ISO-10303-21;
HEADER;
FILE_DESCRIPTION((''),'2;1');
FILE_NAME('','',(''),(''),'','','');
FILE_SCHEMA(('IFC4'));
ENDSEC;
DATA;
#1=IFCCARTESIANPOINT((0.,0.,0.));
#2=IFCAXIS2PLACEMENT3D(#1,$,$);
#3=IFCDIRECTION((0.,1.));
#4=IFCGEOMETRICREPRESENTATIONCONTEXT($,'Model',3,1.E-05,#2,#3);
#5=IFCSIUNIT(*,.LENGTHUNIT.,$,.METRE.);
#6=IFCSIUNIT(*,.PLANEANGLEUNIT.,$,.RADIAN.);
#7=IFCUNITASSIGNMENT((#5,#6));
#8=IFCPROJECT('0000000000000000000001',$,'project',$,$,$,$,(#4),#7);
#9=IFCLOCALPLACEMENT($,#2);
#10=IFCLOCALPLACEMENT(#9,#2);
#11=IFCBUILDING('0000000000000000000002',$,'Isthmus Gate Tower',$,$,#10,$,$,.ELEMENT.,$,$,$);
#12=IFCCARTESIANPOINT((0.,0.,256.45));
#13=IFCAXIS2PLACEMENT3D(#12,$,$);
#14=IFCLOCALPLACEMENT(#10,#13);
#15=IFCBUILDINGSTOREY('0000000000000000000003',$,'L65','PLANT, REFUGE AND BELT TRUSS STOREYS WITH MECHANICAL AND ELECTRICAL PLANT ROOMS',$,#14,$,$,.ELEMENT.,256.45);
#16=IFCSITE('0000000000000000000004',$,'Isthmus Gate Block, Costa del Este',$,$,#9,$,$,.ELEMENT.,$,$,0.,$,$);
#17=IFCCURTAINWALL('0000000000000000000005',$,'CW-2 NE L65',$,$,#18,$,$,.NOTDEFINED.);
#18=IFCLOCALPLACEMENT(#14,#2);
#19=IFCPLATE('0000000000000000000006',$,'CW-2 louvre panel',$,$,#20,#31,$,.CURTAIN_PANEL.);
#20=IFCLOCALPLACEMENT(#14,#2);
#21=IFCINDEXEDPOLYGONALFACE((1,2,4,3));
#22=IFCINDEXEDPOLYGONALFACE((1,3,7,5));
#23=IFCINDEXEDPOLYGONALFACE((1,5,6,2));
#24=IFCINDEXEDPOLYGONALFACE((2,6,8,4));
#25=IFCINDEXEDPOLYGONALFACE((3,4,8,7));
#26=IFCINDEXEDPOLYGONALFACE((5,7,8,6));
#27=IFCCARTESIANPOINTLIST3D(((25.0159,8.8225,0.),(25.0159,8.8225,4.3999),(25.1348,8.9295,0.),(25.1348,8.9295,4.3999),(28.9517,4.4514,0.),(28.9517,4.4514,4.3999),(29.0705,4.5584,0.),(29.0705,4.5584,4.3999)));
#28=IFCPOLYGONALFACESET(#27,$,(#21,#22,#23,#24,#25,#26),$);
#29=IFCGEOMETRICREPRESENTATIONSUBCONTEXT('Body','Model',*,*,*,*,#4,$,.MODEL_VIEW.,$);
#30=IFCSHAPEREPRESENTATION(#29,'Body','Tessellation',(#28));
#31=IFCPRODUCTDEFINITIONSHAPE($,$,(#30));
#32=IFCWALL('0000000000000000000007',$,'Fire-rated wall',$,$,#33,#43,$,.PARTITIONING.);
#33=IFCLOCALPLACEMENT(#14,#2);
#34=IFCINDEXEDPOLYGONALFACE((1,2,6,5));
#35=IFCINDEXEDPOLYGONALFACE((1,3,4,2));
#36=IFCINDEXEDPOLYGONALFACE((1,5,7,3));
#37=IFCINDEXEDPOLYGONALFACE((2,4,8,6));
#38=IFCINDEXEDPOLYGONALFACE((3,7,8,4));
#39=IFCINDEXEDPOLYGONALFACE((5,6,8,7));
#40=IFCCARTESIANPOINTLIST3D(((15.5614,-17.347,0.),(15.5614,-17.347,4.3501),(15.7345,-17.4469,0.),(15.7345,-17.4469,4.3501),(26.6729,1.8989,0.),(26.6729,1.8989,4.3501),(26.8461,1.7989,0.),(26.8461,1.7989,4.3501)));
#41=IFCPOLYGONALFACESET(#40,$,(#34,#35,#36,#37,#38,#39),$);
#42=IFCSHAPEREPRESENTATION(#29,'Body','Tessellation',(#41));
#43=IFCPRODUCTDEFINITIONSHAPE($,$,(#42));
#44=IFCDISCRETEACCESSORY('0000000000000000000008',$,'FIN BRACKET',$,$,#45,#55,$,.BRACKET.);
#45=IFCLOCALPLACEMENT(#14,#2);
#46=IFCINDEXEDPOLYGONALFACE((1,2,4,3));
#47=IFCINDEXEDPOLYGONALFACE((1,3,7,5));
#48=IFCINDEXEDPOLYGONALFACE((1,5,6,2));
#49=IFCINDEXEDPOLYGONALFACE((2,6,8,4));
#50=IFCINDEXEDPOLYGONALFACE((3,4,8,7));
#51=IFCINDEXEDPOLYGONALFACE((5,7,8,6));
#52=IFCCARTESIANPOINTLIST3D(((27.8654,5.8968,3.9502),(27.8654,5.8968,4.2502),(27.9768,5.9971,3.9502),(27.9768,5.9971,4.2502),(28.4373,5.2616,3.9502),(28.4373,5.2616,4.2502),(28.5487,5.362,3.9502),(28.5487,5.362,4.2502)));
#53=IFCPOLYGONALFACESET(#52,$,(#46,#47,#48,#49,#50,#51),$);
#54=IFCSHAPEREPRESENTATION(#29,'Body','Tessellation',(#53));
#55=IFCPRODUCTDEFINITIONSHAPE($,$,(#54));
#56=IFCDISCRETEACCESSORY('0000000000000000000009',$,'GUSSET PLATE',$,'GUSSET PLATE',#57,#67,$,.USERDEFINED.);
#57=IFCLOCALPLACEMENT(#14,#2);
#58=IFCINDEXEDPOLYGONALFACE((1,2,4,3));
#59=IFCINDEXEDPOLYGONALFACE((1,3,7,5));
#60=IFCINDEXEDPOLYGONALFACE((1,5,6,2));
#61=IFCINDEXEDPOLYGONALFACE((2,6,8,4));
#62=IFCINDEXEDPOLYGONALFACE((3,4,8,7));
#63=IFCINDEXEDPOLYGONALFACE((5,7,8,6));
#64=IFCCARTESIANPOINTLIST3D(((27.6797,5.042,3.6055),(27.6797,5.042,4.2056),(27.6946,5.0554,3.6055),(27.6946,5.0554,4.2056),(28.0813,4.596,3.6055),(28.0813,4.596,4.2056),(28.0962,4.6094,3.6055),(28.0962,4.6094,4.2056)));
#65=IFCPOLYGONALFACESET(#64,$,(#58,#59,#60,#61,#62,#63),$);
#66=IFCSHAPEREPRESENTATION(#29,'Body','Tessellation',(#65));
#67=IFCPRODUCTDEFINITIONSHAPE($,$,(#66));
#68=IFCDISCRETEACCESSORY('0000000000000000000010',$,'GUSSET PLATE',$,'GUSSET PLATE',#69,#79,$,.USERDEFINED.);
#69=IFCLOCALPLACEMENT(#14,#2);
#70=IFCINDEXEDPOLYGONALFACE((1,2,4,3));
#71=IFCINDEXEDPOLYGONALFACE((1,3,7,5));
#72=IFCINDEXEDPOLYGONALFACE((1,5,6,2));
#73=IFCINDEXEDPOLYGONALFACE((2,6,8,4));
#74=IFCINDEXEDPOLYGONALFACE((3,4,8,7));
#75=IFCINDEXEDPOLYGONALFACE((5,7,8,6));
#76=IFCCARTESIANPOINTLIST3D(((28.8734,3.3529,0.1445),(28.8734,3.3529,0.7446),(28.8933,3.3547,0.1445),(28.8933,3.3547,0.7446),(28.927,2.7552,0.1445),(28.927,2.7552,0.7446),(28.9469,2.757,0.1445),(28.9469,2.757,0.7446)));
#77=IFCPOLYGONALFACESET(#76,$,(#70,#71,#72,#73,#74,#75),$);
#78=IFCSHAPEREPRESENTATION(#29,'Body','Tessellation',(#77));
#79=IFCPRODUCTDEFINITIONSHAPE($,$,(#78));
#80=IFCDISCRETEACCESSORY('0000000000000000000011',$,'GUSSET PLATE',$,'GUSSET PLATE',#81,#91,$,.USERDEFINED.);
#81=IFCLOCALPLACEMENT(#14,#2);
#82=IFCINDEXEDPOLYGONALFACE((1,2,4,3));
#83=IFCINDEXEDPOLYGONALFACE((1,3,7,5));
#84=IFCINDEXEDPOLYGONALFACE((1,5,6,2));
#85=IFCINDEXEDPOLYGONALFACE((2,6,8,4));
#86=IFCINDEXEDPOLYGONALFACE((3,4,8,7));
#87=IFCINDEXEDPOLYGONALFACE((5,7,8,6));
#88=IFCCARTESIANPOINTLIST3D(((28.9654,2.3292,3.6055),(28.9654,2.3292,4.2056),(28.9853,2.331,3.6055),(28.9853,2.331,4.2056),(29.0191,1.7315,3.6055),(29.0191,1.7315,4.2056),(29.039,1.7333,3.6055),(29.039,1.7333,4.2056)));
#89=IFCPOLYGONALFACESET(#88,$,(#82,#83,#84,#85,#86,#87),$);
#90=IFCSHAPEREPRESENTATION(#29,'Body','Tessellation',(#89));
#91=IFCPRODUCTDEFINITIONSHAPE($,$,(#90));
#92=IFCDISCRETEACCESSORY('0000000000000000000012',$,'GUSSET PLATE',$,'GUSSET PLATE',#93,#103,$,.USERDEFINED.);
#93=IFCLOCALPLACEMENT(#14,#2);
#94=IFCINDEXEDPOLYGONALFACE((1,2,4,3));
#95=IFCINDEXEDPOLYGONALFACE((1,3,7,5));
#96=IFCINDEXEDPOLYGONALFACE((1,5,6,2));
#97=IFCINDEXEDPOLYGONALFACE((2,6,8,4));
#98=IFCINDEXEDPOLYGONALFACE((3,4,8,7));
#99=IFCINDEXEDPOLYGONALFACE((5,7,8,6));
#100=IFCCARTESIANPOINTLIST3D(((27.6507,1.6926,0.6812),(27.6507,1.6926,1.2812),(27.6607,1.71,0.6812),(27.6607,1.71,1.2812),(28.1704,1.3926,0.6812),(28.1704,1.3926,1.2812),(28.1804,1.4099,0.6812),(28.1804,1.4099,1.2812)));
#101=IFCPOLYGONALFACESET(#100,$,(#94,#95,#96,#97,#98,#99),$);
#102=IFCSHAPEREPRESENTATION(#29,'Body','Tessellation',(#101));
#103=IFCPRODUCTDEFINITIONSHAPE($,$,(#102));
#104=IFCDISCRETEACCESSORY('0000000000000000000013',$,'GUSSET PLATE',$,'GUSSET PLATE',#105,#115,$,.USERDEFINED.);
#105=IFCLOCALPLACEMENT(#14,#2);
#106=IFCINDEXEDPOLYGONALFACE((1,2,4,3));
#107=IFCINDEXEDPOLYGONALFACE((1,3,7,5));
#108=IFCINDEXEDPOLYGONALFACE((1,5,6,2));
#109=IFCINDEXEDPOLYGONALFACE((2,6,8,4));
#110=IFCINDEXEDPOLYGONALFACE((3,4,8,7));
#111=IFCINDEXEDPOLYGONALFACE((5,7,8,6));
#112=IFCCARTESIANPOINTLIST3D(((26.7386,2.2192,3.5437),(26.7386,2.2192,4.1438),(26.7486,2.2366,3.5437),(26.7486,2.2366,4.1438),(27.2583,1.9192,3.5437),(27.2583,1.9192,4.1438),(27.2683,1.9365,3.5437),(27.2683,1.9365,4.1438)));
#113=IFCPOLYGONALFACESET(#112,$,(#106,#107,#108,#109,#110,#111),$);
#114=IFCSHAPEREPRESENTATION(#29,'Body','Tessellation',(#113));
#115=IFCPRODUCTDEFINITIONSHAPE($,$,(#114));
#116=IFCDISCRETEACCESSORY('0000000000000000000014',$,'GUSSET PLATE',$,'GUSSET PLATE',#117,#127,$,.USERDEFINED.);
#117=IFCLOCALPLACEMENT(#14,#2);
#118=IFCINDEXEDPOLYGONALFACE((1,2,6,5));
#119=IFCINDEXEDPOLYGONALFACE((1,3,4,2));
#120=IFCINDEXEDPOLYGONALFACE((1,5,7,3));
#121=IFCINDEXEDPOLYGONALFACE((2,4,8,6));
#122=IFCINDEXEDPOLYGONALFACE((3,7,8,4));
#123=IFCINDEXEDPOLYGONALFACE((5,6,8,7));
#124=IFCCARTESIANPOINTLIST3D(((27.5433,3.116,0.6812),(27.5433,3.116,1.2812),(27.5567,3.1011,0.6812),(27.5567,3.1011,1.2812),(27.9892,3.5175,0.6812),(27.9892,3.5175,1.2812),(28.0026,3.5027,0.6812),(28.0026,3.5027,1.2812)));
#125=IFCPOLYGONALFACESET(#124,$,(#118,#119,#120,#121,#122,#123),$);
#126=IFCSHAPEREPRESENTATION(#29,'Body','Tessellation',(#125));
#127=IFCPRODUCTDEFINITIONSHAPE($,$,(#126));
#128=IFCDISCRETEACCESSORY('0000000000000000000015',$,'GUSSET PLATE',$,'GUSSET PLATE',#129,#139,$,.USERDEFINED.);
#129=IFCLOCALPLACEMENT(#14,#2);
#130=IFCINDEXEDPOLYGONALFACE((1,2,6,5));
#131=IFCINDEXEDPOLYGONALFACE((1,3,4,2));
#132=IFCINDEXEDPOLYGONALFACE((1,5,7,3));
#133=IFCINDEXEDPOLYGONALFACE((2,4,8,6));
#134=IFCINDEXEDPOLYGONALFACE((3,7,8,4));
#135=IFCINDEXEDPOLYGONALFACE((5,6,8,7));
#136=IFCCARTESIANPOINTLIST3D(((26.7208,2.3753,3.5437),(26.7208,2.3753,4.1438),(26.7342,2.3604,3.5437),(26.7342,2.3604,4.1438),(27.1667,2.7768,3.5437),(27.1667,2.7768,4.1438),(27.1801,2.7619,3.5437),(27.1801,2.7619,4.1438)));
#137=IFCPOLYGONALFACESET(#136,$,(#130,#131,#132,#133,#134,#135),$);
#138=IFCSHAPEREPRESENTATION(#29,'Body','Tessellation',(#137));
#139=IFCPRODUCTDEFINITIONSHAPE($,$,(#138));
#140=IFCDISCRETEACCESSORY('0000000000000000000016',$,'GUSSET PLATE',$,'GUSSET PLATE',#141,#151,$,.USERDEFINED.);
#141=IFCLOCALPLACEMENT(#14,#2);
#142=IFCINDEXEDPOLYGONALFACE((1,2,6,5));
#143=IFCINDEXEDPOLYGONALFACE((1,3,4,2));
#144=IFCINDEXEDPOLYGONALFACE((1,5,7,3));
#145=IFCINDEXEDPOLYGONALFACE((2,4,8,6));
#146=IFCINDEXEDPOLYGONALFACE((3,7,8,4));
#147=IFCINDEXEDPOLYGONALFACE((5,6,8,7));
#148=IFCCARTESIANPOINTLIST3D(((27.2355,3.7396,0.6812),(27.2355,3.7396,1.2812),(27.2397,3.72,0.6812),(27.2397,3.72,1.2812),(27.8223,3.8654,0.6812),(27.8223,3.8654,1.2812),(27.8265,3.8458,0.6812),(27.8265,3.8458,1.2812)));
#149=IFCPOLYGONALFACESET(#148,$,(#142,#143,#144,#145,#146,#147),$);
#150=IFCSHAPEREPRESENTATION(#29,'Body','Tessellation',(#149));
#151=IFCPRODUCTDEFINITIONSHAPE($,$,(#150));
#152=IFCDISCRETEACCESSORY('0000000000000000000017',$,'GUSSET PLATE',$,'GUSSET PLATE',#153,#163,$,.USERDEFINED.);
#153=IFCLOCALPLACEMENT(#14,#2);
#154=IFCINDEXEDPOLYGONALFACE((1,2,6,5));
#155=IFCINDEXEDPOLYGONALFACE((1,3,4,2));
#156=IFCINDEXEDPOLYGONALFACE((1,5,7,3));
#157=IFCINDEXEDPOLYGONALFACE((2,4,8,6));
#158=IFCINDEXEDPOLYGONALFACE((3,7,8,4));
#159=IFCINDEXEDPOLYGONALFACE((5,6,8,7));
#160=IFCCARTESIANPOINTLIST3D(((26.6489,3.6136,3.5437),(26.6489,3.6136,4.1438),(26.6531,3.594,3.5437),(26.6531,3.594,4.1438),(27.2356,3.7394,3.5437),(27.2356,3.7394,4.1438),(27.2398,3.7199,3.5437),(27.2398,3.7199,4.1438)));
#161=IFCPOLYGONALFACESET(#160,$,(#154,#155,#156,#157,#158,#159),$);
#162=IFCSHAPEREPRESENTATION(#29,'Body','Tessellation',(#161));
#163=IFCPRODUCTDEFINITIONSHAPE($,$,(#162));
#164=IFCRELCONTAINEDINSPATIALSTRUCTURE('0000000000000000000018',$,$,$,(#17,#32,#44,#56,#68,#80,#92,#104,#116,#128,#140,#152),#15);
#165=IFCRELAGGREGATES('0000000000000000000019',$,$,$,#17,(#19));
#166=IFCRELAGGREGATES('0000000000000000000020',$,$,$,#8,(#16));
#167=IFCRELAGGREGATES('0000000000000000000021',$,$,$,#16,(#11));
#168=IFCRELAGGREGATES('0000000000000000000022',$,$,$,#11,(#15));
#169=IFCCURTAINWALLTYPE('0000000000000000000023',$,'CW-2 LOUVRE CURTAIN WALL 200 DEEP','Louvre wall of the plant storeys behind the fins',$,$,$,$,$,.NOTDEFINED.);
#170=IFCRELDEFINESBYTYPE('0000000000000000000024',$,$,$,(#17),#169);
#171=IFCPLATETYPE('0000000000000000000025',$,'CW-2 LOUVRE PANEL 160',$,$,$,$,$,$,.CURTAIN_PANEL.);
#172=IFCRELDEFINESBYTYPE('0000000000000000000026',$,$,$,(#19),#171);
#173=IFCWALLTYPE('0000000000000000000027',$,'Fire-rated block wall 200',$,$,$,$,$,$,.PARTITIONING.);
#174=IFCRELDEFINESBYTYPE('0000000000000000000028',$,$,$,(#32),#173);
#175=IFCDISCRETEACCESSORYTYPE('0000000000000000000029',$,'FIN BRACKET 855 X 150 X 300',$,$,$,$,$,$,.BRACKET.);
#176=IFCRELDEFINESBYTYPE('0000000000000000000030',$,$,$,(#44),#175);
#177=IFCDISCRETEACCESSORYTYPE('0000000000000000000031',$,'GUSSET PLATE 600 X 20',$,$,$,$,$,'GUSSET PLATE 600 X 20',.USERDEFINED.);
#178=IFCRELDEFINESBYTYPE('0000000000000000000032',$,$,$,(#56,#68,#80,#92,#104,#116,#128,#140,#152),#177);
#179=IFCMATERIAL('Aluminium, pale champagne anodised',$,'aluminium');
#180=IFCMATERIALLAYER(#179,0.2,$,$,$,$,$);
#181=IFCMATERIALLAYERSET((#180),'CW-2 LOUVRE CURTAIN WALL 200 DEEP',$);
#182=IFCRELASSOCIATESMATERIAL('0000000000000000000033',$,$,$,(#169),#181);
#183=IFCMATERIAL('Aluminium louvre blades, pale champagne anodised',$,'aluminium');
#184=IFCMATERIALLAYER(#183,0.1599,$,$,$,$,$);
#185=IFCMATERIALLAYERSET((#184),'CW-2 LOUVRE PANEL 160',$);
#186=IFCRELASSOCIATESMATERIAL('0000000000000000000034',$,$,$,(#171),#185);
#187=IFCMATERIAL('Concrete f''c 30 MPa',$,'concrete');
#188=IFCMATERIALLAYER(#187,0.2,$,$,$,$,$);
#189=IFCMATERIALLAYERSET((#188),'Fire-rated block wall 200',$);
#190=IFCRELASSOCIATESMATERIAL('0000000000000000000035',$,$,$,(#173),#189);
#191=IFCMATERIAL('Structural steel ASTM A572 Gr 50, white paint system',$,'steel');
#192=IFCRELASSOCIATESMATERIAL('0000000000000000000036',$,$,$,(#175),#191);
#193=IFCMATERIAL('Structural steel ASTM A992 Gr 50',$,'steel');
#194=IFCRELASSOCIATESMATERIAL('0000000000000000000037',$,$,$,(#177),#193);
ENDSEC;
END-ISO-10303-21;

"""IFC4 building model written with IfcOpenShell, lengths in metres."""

from ifc_helpers import new_model, si_unit, direction, frame, frame_2d, origin, origin_2d, place, context, subcontext, project, spatial, rectangle, extrude, material, layer, layer_set, type_object, element, aggregate, save


model = new_model("IFC4")

# Units and contexts
model_context = context("Model", 3, precision=1e-05, world=origin(), true_north=direction((0.0, 1.0)))
body_context = subcontext(model_context, "Body", "Model", "MODEL_VIEW")
ifc_project = project(units=[si_unit("LENGTHUNIT", "METRE"), si_unit("PLANEANGLEUNIT", "RADIAN")], contexts=[model_context])

# Site, building, storey
site_placement = place(None, origin())
site = spatial("IfcSite", under=ifc_project, at=site_placement, Name="Isthmus Gate Block, Costa del Este", CompositionType="ELEMENT", RefElevation=0.0)
building_placement = place(site_placement, origin())
building = spatial("IfcBuilding", under=site, at=building_placement, Name="Isthmus Gate Tower", CompositionType="ELEMENT")
storey_placement = place(building_placement, frame((0.0, 0.0, 256.45)))
storey = spatial("IfcBuildingStorey", under=building, at=storey_placement, Name="L65", Description="PLANT, REFUGE AND BELT TRUSS STOREYS WITH MECHANICAL AND ELECTRICAL PLANT ROOMS", CompositionType="ELEMENT", Elevation=256.45)

# Curtain wall
ifc_material_1 = material(Name="Aluminium, pale champagne anodised", Category="aluminium")
ifc_layer_1 = layer(ifc_material_1, 0.2)
ifc_layer_set_1 = layer_set([ifc_layer_1], Name="CW-2 LOUVRE CURTAIN WALL 200 DEEP")
curtain_wall_type = type_object("IfcCurtainWallType", Name="CW-2 LOUVRE CURTAIN WALL 200 DEEP", Description="Louvre wall of the plant storeys behind the fins", PredefinedType="NOTDEFINED", material=ifc_layer_set_1)
curtain_wall_1_placement = place(storey_placement, origin())
curtain_wall_1 = element("IfcCurtainWall", 1, at=curtain_wall_1_placement, inside=storey, type_object=curtain_wall_type, Name="CW-2 NE L65", PredefinedType="NOTDEFINED")

# Plate
ifc_material_2 = material(Name="Aluminium louvre blades, pale champagne anodised", Category="aluminium")
ifc_layer_2 = layer(ifc_material_2, 0.1599)
ifc_layer_set_2 = layer_set([ifc_layer_2], Name="CW-2 LOUVRE PANEL 160")
plate_type = type_object("IfcPlateType", Name="CW-2 LOUVRE PANEL 160", PredefinedType="CURTAIN_PANEL", material=ifc_layer_set_2)
plate_1_placement = place(storey_placement, frame((27.0432, 6.6904, 0.0), z_axis=(0.0, 0.0, 1.0), x_axis=(-0.669131, 0.743145, 0.0)))
plate_1 = element("IfcPlate", 2, at=plate_1_placement, type_object=plate_type, Name="CW-2 louvre panel", PredefinedType="CURTAIN_PANEL", context=body_context, shape_type="SweptSolid", body=[
    extrude(rectangle(XDim=5.8818, YDim=0.1599, at=origin_2d()), origin(), (0.0, 0.0, 1.0), 4.3999),
])
aggregate(curtain_wall_1, [plate_1])

# Wall
ifc_material_3 = material(Name="Concrete f'c 30 MPa", Category="concrete")
ifc_layer_3 = layer(ifc_material_3, 0.2)
ifc_layer_set_3 = layer_set([ifc_layer_3], Name="Fire-rated block wall 200")
wall_type = type_object("IfcWallType", Name="Fire-rated block wall 200", PredefinedType="PARTITIONING", material=ifc_layer_set_3)
wall_placement = place(storey_placement, frame((26.7595, 1.8489, 0.0), z_axis=(0.0, 0.0, 1.0), x_axis=(-0.499999, -0.866026, 0.0)))
element("IfcWall", 3, at=wall_placement, inside=storey, type_object=wall_type, Name="Fire-rated wall", PredefinedType="PARTITIONING", context=body_context, shape_type="SweptSolid", body=[
    extrude(rectangle(XDim=22.2231, YDim=0.2, at=frame_2d((11.1116, 0.0))), origin(), (0.0, 0.0, 1.0), 4.3501),
])

# Discrete accessories
ifc_material_4 = material(Name="Structural steel ASTM A572 Gr 50, white paint system", Category="steel")
discrete_accessory_type_1 = type_object("IfcDiscreteAccessoryType", Name="FIN BRACKET 855 X 150 X 300", PredefinedType="BRACKET", material=ifc_material_4)
discrete_accessory_placement = place(storey_placement, frame((28.207, 5.6294, 3.9502), z_axis=(0.0, 0.0, 1.0), x_axis=(0.743145, 0.669131, 0.0)))
element("IfcDiscreteAccessory", 4, at=discrete_accessory_placement, inside=storey, type_object=discrete_accessory_type_1, Name="FIN BRACKET", PredefinedType="BRACKET", context=body_context, shape_type="SweptSolid", body=[
    extrude(rectangle(XDim=0.1499, YDim=0.8547, at=origin_2d()), origin(), (0.0, 0.0, 1.0), 0.3),
])
ifc_material_5 = material(Name="Structural steel ASTM A992 Gr 50", Category="steel")
discrete_accessory_type_2 = type_object("IfcDiscreteAccessoryType", Name="GUSSET PLATE 600 X 20", ElementType="GUSSET PLATE 600 X 20", PredefinedType="USERDEFINED", material=ifc_material_5)
for number, where, z_axis, x_axis, name in (
    (5, (27.8879, 4.8257, 3.6055), (0.0, 0.0, 1.0), (0.669131, -0.743145, 0.0), "GUSSET PLATE"),
    (6, (28.9102, 3.0549, 0.1445), (0.0, 0.0, 1.0), (0.089397, -0.995996, 0.0), "GUSSET PLATE"),
    (7, (29.0022, 2.0312, 3.6055), (0.0, 0.0, 1.0), (0.089397, -0.995996, 0.0), "GUSSET PLATE"),
    (8, (27.9155, 1.5513, 0.6812), (0.0, 0.0, 1.0), (-0.866025, 0.5, 0.0), "GUSSET PLATE"),
    (9, (27.0034, 2.0779, 3.5437), (0.0, 0.0, 1.0), (-0.866025, 0.5, 0.0), "GUSSET PLATE"),
    (10, (27.7729, 3.3093, 0.6812), (0.0, 0.0, 1.0), (-0.743145, -0.669131, 0.0), "GUSSET PLATE"),
    (11, (26.9504, 2.5686, 3.5437), (0.0, 0.0, 1.0), (-0.743145, -0.669131, 0.0), "GUSSET PLATE"),
    (12, (27.531, 3.7927, 0.6812), (0.0, 0.0, 1.0), (-0.977773, -0.209669, 0.0), "GUSSET PLATE"),
    (13, (26.9443, 3.6667, 3.5437), (0.0, 0.0, 1.0), (-0.977773, -0.209669, 0.0), "GUSSET PLATE"),
):
    element("IfcDiscreteAccessory", number, at=place(storey_placement, frame(where, z_axis=z_axis, x_axis=x_axis)), inside=storey, type_object=discrete_accessory_type_2, Name=name, ObjectType="GUSSET PLATE", PredefinedType="USERDEFINED", context=body_context, shape_type="SweptSolid", body=[
        extrude(rectangle(XDim=0.6001, YDim=0.02, at=origin_2d()), origin(), (0.0, 0.0, 1.0), 0.6001),
    ])

save(model, "model.ifc")
